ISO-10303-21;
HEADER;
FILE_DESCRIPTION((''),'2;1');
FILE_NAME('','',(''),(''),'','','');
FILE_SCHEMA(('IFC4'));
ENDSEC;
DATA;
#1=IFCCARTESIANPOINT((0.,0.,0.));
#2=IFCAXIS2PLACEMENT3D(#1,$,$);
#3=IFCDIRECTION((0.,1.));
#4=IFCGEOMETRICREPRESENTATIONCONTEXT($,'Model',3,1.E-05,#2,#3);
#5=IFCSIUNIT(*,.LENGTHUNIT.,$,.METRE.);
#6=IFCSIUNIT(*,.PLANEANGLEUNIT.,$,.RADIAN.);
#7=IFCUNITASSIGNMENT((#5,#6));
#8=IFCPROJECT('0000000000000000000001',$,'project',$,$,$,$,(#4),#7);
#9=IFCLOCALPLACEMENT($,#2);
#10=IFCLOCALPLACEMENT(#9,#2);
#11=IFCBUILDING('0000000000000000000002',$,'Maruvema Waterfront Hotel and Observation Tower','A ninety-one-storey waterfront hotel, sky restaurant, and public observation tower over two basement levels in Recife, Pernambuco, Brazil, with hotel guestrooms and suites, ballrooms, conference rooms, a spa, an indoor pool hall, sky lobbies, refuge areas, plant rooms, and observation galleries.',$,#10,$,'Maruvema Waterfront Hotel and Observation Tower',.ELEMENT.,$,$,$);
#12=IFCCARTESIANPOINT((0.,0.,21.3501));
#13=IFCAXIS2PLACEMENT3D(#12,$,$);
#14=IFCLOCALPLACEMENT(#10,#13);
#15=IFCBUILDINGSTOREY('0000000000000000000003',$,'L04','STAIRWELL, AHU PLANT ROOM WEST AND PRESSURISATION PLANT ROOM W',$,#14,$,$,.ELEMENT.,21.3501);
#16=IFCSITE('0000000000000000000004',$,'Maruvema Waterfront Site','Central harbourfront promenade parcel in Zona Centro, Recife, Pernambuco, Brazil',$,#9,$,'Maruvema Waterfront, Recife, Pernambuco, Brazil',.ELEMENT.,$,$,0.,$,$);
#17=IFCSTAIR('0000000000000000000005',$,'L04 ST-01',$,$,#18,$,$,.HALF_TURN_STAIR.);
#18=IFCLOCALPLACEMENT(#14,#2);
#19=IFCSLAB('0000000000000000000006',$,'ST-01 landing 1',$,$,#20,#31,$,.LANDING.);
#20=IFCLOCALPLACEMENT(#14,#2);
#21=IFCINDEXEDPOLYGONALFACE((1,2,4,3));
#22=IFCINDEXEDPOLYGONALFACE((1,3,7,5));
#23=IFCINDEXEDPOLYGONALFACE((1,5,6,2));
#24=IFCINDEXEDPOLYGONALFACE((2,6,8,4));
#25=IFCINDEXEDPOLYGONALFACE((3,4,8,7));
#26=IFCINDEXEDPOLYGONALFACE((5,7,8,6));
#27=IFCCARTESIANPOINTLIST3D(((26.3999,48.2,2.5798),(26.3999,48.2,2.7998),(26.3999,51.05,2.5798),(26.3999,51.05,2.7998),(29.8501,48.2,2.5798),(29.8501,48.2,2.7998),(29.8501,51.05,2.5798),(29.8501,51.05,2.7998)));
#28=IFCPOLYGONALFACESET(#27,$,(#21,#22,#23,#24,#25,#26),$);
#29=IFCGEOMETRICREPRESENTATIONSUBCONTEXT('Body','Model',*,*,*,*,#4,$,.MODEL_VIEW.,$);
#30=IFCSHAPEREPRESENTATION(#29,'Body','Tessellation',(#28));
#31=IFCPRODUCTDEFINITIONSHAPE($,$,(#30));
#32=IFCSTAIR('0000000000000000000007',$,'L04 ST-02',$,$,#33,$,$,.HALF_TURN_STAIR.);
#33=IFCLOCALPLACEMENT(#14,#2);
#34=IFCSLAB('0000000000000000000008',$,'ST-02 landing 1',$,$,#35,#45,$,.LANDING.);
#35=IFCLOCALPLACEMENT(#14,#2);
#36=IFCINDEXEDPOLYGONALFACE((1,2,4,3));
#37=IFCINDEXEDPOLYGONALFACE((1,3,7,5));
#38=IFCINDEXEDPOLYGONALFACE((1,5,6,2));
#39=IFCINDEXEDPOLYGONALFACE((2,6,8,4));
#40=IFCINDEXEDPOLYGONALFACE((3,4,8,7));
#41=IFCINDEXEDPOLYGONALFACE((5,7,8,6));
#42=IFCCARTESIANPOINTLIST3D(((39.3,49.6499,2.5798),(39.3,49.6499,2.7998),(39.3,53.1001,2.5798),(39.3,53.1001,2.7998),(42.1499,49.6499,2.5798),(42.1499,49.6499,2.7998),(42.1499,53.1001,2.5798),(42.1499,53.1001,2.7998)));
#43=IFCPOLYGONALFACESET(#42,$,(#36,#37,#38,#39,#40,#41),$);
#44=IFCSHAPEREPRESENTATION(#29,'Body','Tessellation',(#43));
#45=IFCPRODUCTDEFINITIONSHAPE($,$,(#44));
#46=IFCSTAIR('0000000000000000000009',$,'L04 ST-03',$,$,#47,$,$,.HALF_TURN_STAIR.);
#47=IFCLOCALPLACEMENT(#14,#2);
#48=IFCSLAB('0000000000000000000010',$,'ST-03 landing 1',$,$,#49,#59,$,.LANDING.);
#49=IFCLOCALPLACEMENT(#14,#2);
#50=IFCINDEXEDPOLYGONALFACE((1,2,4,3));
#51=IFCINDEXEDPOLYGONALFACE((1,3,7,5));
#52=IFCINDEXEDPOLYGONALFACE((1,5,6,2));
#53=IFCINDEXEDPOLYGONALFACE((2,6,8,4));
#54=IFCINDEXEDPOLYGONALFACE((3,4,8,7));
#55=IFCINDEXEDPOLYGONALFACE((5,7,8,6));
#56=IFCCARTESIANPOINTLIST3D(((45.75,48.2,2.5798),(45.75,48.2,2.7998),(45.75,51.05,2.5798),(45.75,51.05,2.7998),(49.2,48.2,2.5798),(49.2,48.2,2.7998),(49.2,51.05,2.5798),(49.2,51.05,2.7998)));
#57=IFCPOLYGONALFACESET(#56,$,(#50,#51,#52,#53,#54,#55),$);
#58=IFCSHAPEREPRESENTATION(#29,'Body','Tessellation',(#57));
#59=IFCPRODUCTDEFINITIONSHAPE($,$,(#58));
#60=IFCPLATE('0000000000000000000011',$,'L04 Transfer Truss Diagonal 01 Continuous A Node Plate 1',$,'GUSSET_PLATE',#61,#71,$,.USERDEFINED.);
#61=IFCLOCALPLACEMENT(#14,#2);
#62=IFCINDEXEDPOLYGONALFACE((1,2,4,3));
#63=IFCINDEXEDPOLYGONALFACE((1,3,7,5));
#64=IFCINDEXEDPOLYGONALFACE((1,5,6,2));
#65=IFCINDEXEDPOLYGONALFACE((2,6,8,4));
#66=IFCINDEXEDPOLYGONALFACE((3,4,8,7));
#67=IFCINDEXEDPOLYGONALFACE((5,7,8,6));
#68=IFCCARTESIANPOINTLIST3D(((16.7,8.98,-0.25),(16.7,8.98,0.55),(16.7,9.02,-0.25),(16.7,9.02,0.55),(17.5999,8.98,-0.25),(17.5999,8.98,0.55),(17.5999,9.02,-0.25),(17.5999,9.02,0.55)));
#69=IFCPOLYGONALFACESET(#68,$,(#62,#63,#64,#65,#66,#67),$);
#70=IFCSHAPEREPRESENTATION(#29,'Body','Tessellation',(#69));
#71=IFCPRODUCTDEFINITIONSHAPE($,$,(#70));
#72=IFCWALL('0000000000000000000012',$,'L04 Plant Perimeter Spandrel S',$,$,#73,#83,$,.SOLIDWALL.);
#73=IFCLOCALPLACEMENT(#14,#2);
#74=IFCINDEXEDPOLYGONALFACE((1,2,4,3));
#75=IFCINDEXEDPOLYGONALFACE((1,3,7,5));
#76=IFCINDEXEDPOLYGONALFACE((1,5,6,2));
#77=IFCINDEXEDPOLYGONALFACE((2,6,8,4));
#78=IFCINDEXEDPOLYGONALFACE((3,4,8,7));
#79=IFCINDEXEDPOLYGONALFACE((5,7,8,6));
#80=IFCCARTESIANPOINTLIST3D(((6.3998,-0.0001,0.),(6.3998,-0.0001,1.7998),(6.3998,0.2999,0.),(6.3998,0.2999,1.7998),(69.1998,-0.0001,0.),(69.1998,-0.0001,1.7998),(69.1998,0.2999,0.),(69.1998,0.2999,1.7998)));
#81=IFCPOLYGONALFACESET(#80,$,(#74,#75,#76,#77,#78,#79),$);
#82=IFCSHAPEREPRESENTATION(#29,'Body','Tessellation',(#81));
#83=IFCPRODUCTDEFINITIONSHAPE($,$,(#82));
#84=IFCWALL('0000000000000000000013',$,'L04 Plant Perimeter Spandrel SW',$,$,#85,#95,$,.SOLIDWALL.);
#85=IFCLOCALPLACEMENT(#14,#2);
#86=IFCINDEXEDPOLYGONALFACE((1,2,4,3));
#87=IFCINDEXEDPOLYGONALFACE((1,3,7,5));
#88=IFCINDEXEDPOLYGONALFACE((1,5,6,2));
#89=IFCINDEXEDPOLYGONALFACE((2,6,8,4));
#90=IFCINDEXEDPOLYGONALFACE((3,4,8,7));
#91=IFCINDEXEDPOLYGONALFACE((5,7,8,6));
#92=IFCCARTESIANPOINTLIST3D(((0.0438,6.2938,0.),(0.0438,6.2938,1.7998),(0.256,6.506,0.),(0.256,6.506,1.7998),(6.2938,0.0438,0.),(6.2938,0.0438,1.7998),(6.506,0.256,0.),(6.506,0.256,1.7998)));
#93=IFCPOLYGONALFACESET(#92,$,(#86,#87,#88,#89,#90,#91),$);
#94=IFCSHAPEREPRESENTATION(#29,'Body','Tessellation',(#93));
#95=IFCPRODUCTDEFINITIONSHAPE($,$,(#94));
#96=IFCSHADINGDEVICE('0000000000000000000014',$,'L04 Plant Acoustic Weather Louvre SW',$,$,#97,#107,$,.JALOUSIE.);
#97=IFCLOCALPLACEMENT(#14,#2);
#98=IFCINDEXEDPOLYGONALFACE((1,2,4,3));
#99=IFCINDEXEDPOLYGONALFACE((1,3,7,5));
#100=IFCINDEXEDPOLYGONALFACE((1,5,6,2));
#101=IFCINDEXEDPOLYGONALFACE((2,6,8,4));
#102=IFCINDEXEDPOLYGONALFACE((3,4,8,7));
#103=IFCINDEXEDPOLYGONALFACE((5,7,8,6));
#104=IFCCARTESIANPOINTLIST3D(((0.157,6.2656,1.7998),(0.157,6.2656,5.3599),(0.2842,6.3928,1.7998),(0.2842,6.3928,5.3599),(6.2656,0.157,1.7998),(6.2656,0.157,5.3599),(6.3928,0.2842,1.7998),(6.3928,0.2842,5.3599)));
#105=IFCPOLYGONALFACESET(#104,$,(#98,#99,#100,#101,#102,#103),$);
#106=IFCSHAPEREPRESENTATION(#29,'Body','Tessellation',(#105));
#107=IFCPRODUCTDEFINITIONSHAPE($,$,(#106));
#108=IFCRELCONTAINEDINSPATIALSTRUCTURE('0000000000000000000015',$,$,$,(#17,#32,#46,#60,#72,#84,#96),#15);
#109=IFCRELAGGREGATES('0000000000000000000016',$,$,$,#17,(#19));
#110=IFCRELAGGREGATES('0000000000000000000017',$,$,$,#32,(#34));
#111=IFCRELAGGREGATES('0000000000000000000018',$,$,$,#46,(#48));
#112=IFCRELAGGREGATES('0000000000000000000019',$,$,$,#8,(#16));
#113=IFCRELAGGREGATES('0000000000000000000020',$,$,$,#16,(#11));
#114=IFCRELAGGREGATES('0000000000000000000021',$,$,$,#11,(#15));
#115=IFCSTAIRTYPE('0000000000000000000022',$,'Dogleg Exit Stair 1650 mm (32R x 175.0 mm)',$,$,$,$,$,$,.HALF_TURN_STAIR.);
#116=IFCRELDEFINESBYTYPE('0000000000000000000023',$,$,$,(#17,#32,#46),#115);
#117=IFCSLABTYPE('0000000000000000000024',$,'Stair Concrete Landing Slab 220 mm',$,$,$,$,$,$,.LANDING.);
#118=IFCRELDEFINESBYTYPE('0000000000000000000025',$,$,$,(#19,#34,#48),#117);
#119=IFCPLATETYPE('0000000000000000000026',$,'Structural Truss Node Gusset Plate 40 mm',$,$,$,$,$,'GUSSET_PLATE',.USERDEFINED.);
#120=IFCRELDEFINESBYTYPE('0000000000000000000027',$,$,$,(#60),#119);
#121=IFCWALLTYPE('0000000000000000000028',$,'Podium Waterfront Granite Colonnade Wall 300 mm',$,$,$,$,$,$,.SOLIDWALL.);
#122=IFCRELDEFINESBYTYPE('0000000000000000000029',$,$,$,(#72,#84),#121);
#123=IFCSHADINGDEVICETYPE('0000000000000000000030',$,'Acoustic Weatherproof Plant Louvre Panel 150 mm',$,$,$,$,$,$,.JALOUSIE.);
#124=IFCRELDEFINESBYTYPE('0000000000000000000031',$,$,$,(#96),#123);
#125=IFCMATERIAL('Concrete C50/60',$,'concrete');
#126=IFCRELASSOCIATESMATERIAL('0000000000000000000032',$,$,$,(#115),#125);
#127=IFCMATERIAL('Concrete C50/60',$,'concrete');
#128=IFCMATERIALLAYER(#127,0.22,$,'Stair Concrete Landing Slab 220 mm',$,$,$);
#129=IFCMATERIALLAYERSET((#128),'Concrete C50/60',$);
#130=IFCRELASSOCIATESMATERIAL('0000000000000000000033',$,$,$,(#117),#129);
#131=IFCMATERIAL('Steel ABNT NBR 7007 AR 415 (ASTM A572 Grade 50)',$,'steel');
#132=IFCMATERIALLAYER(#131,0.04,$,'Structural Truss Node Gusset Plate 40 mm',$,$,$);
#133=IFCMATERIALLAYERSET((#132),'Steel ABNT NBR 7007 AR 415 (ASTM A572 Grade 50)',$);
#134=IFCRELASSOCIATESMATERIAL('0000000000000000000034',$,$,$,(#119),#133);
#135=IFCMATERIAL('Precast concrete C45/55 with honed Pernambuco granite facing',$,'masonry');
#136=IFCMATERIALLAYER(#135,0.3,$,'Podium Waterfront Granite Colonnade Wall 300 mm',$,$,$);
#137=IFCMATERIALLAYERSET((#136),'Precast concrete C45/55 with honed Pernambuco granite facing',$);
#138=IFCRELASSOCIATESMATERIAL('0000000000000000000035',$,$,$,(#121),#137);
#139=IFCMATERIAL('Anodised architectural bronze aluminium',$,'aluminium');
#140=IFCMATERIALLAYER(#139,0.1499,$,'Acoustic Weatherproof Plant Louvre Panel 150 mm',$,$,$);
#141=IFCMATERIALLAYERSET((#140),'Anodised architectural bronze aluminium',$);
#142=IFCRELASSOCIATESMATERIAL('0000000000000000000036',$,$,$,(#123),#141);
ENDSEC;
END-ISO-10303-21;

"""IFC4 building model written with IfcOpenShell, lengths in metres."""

from ifc_helpers import new_model, si_unit, direction, frame, frame_2d, origin, origin_2d, place, context, subcontext, project, spatial, polyline, rectangle, outline, extrude, material, layer, layer_set, type_object, element, aggregate, save


model = new_model("IFC4")

# Units and contexts
model_context = context("Model", 3, precision=1e-05, world=origin(), true_north=direction((0.0, 1.0)))
body_context = subcontext(model_context, "Body", "Model", "MODEL_VIEW")
ifc_project = project(units=[si_unit("LENGTHUNIT", "METRE"), si_unit("PLANEANGLEUNIT", "RADIAN")], contexts=[model_context])

# Site, building, storey
site_placement = place(None, origin())
site = spatial("IfcSite", under=ifc_project, at=site_placement, Name="Maruvema Waterfront Site", Description="Central harbourfront promenade parcel in Zona Centro, Recife, Pernambuco, Brazil", LongName="Maruvema Waterfront, Recife, Pernambuco, Brazil", CompositionType="ELEMENT", RefElevation=0.0)
building_placement = place(site_placement, origin())
building = spatial("IfcBuilding", under=site, at=building_placement, Name="Maruvema Waterfront Hotel and Observation Tower", Description="A ninety-one-storey waterfront hotel, sky restaurant, and public observation tower over two basement levels in Recife, Pernambuco, Brazil, with hotel guestrooms and suites, ballrooms, conference rooms, a spa, an indoor pool hall, sky lobbies, refuge areas, plant rooms, and observation galleries.", LongName="Maruvema Waterfront Hotel and Observation Tower", CompositionType="ELEMENT")
storey_placement = place(building_placement, frame((0.0, 0.0, 21.3501)))
storey = spatial("IfcBuildingStorey", under=building, at=storey_placement, Name="L04", Description="STAIRWELL, AHU PLANT ROOM WEST AND PRESSURISATION PLANT ROOM W", CompositionType="ELEMENT", Elevation=21.3501)

# Stairs, slabs
ifc_material_1 = material(Name="Concrete C50/60", Category="concrete")
stair_type = type_object("IfcStairType", Name="Dogleg Exit Stair 1650 mm (32R x 175.0 mm)", PredefinedType="HALF_TURN_STAIR", material=ifc_material_1)
stair_1_placement = place(storey_placement, origin())
stair_1 = element("IfcStair", 1, at=stair_1_placement, inside=storey, type_object=stair_type, Name="L04 ST-01", PredefinedType="HALF_TURN_STAIR")
ifc_material_2 = material(Name="Concrete C50/60", Category="concrete")
ifc_layer_1 = layer(ifc_material_2, 0.22, Name="Stair Concrete Landing Slab 220 mm")
ifc_layer_set_1 = layer_set([ifc_layer_1], Name="Concrete C50/60")
slab_type_1 = type_object("IfcSlabType", Name="Stair Concrete Landing Slab 220 mm", PredefinedType="LANDING", material=ifc_layer_set_1)
slab_1_placement = place(storey_placement, frame((0.0, 0.0, 2.5798)))
slab_1 = element("IfcSlab", 2, at=slab_1_placement, type_object=slab_type_1, Name="ST-01 landing 1", PredefinedType="LANDING", context=body_context, shape_type="SweptSolid", body=[
    extrude(outline(polyline([(29.8501, 48.2), (29.8501, 51.05), (26.3999, 51.05), (26.3999, 48.2), (29.8501, 48.2)])), origin(), (0.0, 0.0, 1.0), 0.22),
])
aggregate(stair_1, [slab_1])
stair_2_placement = place(storey_placement, origin())
stair_2 = element("IfcStair", 3, at=stair_2_placement, inside=storey, type_object=stair_type, Name="L04 ST-02", PredefinedType="HALF_TURN_STAIR")
slab_2_placement = place(storey_placement, frame((0.0, 0.0, 2.5798)))
slab_2 = element("IfcSlab", 4, at=slab_2_placement, type_object=slab_type_1, Name="ST-02 landing 1", PredefinedType="LANDING", context=body_context, shape_type="SweptSolid", body=[
    extrude(outline(polyline([(39.3, 49.6499), (42.1499, 49.6499), (42.1499, 53.1001), (39.3, 53.1001), (39.3, 49.6499)])), origin(), (0.0, 0.0, 1.0), 0.22),
])
aggregate(stair_2, [slab_2])
stair_3_placement = place(storey_placement, origin())
stair_3 = element("IfcStair", 5, at=stair_3_placement, inside=storey, type_object=stair_type, Name="L04 ST-03", PredefinedType="HALF_TURN_STAIR")
slab_3_placement = place(storey_placement, frame((0.0, 0.0, 2.5798)))
slab_3 = element("IfcSlab", 6, at=slab_3_placement, type_object=slab_type_1, Name="ST-03 landing 1", PredefinedType="LANDING", context=body_context, shape_type="SweptSolid", body=[
    extrude(outline(polyline([(49.2, 48.2), (49.2, 51.05), (45.75, 51.05), (45.75, 48.2), (49.2, 48.2)])), origin(), (0.0, 0.0, 1.0), 0.22),
])
aggregate(stair_3, [slab_3])

# Plate
ifc_material_3 = material(Name="Steel ABNT NBR 7007 AR 415 (ASTM A572 Grade 50)", Category="steel")
ifc_layer_2 = layer(ifc_material_3, 0.04, Name="Structural Truss Node Gusset Plate 40 mm")
ifc_layer_set_2 = layer_set([ifc_layer_2], Name="Steel ABNT NBR 7007 AR 415 (ASTM A572 Grade 50)")
plate_type_1 = type_object("IfcPlateType", Name="Structural Truss Node Gusset Plate 40 mm", ElementType="GUSSET_PLATE", PredefinedType="USERDEFINED", material=ifc_layer_set_2)
plate_1_placement = place(storey_placement, frame((17.1499, 9.0, -0.25), z_axis=(0.0, 0.0, 1.0), x_axis=(1.0, 0.0, 0.0)))
element("IfcPlate", 7, at=plate_1_placement, inside=storey, type_object=plate_type_1, Name="L04 Transfer Truss Diagonal 01 Continuous A Node Plate 1", ObjectType="GUSSET_PLATE", PredefinedType="USERDEFINED", context=body_context, shape_type="SweptSolid", body=[
    extrude(rectangle(XDim=0.8999, YDim=0.04, at=origin_2d()), origin(), (0.0, 0.0, 1.0), 0.8),
])

# Walls
ifc_material_4 = material(Name="Precast concrete C45/55 with honed Pernambuco granite facing", Category="masonry")
ifc_layer_3 = layer(ifc_material_4, 0.3, Name="Podium Waterfront Granite Colonnade Wall 300 mm")
ifc_layer_set_3 = layer_set([ifc_layer_3], Name="Precast concrete C45/55 with honed Pernambuco granite facing")
wall_type = type_object("IfcWallType", Name="Podium Waterfront Granite Colonnade Wall 300 mm", PredefinedType="SOLIDWALL", material=ifc_layer_set_3)
wall_1_placement = place(storey_placement, frame((6.3999, 0.1499, 0.0), z_axis=(0.0, 0.0, 1.0), x_axis=(1.0, 0.0, 0.0)))
element("IfcWall", 8, at=wall_1_placement, inside=storey, type_object=wall_type, Name="L04 Plant Perimeter Spandrel S", PredefinedType="SOLIDWALL", context=body_context, shape_type="SweptSolid", body=[
    extrude(rectangle(XDim=62.8, YDim=0.3, at=frame_2d((31.3999, 0.0))), origin(), (0.0, 0.0, 1.0), 1.7998),
])
wall_2_placement = place(storey_placement, frame((0.1499, 6.3999, 0.0), z_axis=(0.0, 0.0, 1.0), x_axis=(0.707107, -0.707107, 0.0)))
element("IfcWall", 9, at=wall_2_placement, inside=storey, type_object=wall_type, Name="L04 Plant Perimeter Spandrel SW", PredefinedType="SOLIDWALL", context=body_context, shape_type="SweptSolid", body=[
    extrude(rectangle(XDim=8.8389, YDim=0.3, at=frame_2d((4.4194, 0.0))), origin(), (0.0, 0.0, 1.0), 1.7998),
])

# Shading device
ifc_material_5 = material(Name="Anodised architectural bronze aluminium", Category="aluminium")
ifc_layer_4 = layer(ifc_material_5, 0.1499, Name="Acoustic Weatherproof Plant Louvre Panel 150 mm")
ifc_layer_set_4 = layer_set([ifc_layer_4], Name="Anodised architectural bronze aluminium")
shading_device_type = type_object("IfcShadingDeviceType", Name="Acoustic Weatherproof Plant Louvre Panel 150 mm", PredefinedType="JALOUSIE", material=ifc_layer_set_4)
shading_device_placement = place(storey_placement, frame((3.2749, 3.2749, 1.7998), z_axis=(0.0, 0.0, 1.0), x_axis=(0.707107, -0.707107, 0.0)))
element("IfcShadingDevice", 10, at=shading_device_placement, inside=storey, type_object=shading_device_type, Name="L04 Plant Acoustic Weather Louvre SW", PredefinedType="JALOUSIE", context=body_context, shape_type="SweptSolid", body=[
    extrude(rectangle(XDim=8.6389, YDim=0.1799, at=origin_2d()), origin(), (0.0, 0.0, 1.0), 3.5601),
])

save(model, "model.ifc")
